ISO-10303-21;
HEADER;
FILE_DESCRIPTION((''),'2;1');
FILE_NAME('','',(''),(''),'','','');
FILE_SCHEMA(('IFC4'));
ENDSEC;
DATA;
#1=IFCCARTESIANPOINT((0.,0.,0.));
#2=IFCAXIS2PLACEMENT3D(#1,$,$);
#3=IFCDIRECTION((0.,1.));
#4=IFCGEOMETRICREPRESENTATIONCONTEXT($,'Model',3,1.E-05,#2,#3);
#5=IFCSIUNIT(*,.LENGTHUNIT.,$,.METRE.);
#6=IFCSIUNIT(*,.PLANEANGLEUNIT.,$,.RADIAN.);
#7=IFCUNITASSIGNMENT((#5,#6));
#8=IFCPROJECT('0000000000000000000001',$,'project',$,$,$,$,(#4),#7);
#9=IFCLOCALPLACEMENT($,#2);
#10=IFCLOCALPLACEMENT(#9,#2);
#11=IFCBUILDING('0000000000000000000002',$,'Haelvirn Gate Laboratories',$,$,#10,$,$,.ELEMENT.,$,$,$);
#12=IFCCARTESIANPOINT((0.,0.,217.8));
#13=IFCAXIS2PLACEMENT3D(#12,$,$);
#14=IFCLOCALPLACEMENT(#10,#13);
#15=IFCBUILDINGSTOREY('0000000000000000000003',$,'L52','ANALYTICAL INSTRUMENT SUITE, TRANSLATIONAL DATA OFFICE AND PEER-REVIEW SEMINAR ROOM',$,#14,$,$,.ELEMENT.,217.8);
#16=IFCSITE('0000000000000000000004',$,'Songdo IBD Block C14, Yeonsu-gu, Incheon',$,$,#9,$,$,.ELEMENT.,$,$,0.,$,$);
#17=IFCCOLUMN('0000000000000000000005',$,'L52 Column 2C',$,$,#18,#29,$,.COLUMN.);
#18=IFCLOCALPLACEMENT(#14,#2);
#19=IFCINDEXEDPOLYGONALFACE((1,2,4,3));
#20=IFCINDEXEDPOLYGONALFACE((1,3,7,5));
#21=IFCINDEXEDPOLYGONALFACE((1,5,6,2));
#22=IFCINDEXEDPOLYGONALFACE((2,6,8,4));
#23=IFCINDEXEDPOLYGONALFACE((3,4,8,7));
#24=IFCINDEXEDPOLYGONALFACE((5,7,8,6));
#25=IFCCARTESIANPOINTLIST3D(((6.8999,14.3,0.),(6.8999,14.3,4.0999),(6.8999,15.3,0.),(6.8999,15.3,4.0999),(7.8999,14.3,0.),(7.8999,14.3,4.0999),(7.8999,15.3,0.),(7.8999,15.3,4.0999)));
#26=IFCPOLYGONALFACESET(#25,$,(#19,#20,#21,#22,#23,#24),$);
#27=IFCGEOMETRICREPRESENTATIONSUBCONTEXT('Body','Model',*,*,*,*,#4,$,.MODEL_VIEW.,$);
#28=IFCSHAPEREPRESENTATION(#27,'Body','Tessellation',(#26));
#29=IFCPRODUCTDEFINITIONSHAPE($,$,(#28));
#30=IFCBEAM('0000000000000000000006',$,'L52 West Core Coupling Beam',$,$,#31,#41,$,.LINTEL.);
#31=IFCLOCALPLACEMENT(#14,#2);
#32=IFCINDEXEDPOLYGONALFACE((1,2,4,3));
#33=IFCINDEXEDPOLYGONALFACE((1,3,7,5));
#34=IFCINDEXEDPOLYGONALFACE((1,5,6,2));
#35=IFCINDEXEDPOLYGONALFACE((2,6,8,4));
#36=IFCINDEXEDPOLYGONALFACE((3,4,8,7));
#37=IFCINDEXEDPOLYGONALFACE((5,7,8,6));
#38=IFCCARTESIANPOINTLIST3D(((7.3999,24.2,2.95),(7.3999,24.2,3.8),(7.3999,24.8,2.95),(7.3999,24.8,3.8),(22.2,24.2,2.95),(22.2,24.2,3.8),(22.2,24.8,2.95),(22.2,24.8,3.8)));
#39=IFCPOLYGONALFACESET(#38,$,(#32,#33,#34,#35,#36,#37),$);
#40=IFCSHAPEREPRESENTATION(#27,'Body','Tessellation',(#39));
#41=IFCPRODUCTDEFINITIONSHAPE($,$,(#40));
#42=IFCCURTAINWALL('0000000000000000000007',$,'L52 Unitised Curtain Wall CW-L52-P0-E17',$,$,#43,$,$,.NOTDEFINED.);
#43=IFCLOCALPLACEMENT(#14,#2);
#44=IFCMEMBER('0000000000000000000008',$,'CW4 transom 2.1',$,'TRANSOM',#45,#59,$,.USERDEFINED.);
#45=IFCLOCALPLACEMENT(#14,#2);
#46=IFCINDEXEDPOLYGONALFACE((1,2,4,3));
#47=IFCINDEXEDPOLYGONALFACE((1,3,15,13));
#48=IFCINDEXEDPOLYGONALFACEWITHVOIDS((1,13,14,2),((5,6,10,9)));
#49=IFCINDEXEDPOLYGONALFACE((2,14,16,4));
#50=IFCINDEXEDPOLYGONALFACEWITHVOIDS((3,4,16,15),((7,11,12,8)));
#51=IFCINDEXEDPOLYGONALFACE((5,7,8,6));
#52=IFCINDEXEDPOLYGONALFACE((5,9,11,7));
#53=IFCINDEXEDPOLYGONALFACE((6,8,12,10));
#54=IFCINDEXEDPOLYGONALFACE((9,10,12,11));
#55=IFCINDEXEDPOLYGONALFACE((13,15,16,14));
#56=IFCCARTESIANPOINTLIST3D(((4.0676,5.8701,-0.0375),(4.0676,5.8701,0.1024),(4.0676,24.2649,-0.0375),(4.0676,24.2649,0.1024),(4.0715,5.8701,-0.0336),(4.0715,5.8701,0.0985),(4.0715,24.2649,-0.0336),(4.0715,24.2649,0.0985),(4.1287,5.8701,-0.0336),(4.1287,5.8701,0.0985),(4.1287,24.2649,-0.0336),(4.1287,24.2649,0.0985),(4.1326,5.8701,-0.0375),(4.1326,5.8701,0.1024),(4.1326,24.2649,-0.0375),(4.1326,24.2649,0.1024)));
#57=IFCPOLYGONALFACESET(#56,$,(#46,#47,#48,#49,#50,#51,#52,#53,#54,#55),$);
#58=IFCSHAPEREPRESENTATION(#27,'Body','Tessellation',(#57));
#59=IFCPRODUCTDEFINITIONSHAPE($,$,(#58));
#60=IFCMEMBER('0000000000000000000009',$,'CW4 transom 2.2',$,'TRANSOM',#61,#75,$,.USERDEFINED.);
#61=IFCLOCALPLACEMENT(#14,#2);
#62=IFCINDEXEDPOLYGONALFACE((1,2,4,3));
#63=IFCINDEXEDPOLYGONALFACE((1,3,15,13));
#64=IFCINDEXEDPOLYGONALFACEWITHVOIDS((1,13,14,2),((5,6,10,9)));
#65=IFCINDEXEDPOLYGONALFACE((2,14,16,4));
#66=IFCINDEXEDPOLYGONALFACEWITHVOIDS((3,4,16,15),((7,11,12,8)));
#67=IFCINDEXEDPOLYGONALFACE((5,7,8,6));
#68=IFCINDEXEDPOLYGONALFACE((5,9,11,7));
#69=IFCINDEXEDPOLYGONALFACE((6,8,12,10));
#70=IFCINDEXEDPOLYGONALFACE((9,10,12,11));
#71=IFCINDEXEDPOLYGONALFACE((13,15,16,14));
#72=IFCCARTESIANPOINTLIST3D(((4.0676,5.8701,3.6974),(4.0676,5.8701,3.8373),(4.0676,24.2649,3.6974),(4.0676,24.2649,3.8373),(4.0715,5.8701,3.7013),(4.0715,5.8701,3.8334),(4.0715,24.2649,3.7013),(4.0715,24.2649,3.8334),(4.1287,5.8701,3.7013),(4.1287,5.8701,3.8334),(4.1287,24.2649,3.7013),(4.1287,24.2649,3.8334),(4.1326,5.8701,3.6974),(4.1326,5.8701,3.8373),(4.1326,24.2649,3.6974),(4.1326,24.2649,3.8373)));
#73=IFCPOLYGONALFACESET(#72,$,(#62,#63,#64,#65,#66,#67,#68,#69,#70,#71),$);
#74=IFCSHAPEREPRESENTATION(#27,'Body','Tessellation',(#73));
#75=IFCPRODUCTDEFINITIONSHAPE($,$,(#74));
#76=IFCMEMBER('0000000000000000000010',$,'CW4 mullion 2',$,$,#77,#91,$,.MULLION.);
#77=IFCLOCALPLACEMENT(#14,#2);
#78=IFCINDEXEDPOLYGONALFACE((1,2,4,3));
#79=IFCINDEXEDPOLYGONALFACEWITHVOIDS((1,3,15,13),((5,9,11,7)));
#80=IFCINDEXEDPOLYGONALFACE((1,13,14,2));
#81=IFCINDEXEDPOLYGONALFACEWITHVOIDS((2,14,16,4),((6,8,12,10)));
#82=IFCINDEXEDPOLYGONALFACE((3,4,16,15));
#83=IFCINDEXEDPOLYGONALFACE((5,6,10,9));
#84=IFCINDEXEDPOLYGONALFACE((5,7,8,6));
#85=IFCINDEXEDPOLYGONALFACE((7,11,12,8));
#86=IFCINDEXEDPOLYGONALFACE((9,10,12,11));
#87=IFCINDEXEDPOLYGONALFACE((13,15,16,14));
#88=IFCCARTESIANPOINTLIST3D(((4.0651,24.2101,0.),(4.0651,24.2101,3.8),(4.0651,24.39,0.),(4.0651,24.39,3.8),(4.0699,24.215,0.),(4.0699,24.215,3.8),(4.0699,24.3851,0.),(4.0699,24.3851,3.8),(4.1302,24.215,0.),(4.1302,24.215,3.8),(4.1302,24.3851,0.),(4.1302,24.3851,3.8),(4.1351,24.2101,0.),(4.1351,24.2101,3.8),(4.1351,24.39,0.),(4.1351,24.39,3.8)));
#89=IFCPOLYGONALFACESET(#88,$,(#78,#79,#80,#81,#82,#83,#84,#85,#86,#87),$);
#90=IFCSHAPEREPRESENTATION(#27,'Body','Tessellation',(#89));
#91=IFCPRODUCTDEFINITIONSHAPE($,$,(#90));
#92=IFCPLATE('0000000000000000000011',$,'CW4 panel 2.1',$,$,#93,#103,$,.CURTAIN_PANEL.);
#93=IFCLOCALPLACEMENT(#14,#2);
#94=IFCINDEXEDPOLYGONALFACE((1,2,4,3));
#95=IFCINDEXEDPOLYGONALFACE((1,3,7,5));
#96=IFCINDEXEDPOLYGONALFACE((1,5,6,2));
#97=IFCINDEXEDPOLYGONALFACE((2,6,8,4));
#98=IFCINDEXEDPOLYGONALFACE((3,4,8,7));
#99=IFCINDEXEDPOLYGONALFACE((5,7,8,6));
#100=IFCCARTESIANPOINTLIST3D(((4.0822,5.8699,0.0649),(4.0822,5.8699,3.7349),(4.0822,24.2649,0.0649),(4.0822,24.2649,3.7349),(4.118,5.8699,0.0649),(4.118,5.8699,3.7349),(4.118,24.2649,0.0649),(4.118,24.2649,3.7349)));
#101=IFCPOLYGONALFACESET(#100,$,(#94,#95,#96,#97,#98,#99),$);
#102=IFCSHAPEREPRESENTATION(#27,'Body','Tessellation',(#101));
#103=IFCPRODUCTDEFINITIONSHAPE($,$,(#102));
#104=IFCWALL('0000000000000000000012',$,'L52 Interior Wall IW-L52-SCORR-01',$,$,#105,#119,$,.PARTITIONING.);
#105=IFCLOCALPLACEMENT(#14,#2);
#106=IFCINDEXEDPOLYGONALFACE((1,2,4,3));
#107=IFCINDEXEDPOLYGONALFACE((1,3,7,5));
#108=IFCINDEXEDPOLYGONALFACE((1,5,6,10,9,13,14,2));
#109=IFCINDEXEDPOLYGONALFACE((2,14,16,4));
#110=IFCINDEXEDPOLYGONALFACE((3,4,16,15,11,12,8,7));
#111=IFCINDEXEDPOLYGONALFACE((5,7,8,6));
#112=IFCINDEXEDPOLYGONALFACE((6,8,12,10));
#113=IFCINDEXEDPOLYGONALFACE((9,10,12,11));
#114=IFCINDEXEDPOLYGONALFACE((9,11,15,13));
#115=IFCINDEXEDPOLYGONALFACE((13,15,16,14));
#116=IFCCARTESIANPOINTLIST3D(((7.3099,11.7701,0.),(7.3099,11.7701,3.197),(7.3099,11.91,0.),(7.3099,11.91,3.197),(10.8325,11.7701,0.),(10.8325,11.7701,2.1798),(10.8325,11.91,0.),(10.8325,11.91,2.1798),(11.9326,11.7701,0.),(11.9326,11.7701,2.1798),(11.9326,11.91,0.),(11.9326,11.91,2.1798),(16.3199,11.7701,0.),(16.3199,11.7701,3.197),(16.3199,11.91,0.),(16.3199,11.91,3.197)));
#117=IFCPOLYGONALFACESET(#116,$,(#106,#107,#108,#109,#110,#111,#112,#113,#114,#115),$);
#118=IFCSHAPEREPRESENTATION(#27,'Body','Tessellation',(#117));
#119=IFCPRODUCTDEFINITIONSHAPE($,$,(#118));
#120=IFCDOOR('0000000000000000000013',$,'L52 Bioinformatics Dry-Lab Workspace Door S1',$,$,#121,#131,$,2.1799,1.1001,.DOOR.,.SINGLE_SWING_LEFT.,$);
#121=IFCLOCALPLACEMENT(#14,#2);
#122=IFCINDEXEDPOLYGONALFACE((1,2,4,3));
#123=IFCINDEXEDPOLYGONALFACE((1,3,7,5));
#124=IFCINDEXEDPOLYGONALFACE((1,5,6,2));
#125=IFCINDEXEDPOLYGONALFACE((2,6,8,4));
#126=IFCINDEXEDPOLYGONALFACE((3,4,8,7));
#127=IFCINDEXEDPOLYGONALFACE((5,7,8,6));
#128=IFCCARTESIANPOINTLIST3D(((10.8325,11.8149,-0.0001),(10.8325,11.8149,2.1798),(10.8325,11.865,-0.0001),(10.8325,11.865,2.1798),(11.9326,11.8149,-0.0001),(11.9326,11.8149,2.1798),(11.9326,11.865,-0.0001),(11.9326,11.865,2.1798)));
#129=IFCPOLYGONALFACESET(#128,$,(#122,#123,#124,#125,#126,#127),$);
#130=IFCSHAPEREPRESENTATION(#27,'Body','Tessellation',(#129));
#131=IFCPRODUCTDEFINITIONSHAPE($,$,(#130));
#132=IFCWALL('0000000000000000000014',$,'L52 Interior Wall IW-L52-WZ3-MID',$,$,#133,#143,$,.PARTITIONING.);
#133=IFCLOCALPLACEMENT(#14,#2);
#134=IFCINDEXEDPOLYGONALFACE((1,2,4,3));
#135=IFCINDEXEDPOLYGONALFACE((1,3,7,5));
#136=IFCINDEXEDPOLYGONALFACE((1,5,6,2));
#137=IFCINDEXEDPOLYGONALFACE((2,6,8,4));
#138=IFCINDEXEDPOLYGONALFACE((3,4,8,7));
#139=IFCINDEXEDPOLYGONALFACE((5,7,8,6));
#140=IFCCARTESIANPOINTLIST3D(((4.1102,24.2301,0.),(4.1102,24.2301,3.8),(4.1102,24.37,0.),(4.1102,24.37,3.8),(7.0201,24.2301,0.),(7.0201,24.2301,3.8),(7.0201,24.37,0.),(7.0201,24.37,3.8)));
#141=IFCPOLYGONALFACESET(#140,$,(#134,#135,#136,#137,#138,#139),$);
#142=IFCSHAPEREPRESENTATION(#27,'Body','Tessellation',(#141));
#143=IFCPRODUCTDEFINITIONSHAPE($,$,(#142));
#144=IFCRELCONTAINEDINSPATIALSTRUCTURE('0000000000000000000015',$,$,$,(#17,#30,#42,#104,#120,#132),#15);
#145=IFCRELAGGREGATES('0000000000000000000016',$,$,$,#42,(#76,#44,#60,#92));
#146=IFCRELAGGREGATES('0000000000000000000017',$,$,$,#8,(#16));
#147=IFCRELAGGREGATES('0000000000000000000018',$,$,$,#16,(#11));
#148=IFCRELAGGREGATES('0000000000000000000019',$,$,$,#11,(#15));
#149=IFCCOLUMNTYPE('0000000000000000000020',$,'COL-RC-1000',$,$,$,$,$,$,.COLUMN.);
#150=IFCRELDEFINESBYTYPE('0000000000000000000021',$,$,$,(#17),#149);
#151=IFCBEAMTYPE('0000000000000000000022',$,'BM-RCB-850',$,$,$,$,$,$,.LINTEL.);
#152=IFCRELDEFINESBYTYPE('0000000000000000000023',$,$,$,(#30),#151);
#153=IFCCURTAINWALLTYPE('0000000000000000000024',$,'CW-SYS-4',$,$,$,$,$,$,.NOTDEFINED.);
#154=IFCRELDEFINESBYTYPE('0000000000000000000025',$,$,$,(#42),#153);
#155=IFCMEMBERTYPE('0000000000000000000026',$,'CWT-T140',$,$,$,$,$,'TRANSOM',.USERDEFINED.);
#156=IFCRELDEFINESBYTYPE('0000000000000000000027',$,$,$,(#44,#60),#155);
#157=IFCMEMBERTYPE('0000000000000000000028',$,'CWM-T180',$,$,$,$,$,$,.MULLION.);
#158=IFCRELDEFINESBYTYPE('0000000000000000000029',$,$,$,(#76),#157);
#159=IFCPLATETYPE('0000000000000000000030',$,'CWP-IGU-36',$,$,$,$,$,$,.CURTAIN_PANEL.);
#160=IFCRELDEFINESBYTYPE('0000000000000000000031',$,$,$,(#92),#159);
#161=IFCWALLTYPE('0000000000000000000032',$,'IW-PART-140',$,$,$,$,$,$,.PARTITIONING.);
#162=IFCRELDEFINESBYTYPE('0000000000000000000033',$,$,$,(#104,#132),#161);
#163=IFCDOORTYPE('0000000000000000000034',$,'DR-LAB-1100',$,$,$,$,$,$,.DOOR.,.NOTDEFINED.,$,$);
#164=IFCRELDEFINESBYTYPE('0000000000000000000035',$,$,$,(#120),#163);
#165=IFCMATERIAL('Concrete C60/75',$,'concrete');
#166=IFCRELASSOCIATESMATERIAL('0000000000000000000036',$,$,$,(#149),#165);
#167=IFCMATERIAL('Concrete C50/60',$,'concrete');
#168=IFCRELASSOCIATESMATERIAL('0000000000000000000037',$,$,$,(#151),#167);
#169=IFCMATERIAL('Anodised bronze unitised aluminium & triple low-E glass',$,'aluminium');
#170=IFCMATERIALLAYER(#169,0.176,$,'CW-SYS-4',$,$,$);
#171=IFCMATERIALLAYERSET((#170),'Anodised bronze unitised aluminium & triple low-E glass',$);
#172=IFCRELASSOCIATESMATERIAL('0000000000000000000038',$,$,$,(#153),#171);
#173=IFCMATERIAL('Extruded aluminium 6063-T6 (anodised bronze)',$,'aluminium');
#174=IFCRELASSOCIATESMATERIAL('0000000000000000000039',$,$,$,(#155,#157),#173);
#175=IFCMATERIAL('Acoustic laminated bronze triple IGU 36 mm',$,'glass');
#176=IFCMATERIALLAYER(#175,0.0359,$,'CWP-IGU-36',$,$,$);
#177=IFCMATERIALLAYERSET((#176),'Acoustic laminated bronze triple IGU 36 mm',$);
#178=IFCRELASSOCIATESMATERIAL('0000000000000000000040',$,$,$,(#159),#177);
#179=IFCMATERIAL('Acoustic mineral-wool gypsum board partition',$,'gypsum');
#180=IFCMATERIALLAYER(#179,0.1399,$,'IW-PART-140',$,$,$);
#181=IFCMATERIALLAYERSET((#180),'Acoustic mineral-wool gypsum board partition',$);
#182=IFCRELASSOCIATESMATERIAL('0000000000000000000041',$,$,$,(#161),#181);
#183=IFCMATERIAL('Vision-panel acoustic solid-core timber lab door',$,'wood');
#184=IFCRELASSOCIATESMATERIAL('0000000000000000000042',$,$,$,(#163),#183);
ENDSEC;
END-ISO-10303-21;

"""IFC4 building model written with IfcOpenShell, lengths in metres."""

from ifc_helpers import new_model, si_unit, direction, frame, frame_2d, origin, origin_2d, place, context, subcontext, project, spatial, rectangle, hollow_rectangle, extrude, source, transform, mapped, material, layer, layer_set, material_profile, profile_set, type_object, type_shapes, element, fill, aggregate, save


model = new_model("IFC4")

# Units and contexts
model_context = context("Model", 3, precision=1e-05, world=origin(), true_north=direction((0.0, 1.0)))
body_context = subcontext(model_context, "Body", "Model", "MODEL_VIEW")
ifc_project = project(units=[si_unit("LENGTHUNIT", "METRE"), si_unit("PLANEANGLEUNIT", "RADIAN")], contexts=[model_context])

# Site, building, storey
site_placement = place(None, origin())
site = spatial("IfcSite", under=ifc_project, at=site_placement, Name="Songdo IBD Block C14, Yeonsu-gu, Incheon", CompositionType="ELEMENT", RefElevation=0.0)
building_placement = place(site_placement, origin())
building = spatial("IfcBuilding", under=site, at=building_placement, Name="Haelvirn Gate Laboratories", CompositionType="ELEMENT")
storey_placement = place(building_placement, frame((0.0, 0.0, 217.8)))
storey = spatial("IfcBuildingStorey", under=building, at=storey_placement, Name="L52", Description="ANALYTICAL INSTRUMENT SUITE, TRANSLATIONAL DATA OFFICE AND PEER-REVIEW SEMINAR ROOM", CompositionType="ELEMENT", Elevation=217.8)

# Column
ifc_material_1 = material(Name="Concrete C60/75", Category="concrete")
ifc_material_profile_1 = material_profile(ifc_material_1, rectangle(XDim=1.0, YDim=1.0, at=origin_2d()), Name="RC-1000x1000")
ifc_profile_set_1 = profile_set([ifc_material_profile_1], Name="Concrete C60/75")
column_type = type_object("IfcColumnType", Name="COL-RC-1000", PredefinedType="COLUMN", material=ifc_profile_set_1)
shared_shape_1 = source(origin(), body_context, "Body", "SweptSolid", [
    extrude(rectangle(XDim=1.0, YDim=1.0, at=origin_2d()), origin(), (0.0, 0.0, 1.0), 4.0999),
])
type_shapes(column_type, [shared_shape_1])
column_placement = place(storey_placement, frame((7.3999, 14.8, 0.0), z_axis=(0.0, 0.0, 1.0), x_axis=(1.0, 0.0, 0.0)))
element("IfcColumn", 1, at=column_placement, inside=storey, type_object=column_type, Name="L52 Column 2C", PredefinedType="COLUMN", context=body_context, shape_type="MappedRepresentation", body=[
    mapped(shared_shape_1, transform((0.0, 0.0, 0.0), scale=1.0)),
])

# Beam
ifc_material_2 = material(Name="Concrete C50/60", Category="concrete")
ifc_material_profile_2 = material_profile(ifc_material_2, rectangle(XDim=0.6001, YDim=0.8501, at=origin_2d()), Name="RCB-600x850")
ifc_profile_set_2 = profile_set([ifc_material_profile_2], Name="Concrete C50/60")
beam_type = type_object("IfcBeamType", Name="BM-RCB-850", PredefinedType="LINTEL", material=ifc_profile_set_2)
shared_shape_2 = source(origin(), body_context, "Body", "SweptSolid", [
    extrude(rectangle(XDim=0.6001, YDim=0.8501, at=origin_2d()), origin(), (0.0, 0.0, 1.0), 14.8),
])
type_shapes(beam_type, [shared_shape_2])
beam_placement = place(storey_placement, frame((7.3999, 24.5, 3.375), z_axis=(1.0, 0.0, 0.0), x_axis=(0.0, 1.0, 0.0)))
element("IfcBeam", 2, at=beam_placement, inside=storey, type_object=beam_type, Name="L52 West Core Coupling Beam", PredefinedType="LINTEL", context=body_context, shape_type="MappedRepresentation", body=[
    mapped(shared_shape_2, transform((0.0, 0.0, 0.0), scale=1.0)),
])

# Curtain wall, members, plate
ifc_material_3 = material(Name="Anodised bronze unitised aluminium & triple low-E glass", Category="aluminium")
ifc_layer_1 = layer(ifc_material_3, 0.176, Name="CW-SYS-4")
ifc_layer_set_1 = layer_set([ifc_layer_1], Name="Anodised bronze unitised aluminium & triple low-E glass")
curtain_wall_type = type_object("IfcCurtainWallType", Name="CW-SYS-4", PredefinedType="NOTDEFINED", material=ifc_layer_set_1)
curtain_wall_placement = place(storey_placement, origin())
curtain_wall = element("IfcCurtainWall", 3, at=curtain_wall_placement, inside=storey, type_object=curtain_wall_type, Name="L52 Unitised Curtain Wall CW-L52-P0-E17", PredefinedType="NOTDEFINED")
ifc_material_4 = material(Name="Extruded aluminium 6063-T6 (anodised bronze)", Category="aluminium")
ifc_material_profile_3 = material_profile(ifc_material_4, hollow_rectangle(XDim=0.0649, YDim=0.1399, WallThickness=0.0039, at=origin_2d()), Name="CWT-140x65x4")
ifc_profile_set_3 = profile_set([ifc_material_profile_3], Name="Extruded aluminium 6063-T6 (anodised bronze)")
member_type_1 = type_object("IfcMemberType", Name="CWT-T140", ElementType="TRANSOM", PredefinedType="USERDEFINED", material=ifc_profile_set_3)
shared_shape_3 = source(origin(), body_context, "Body", "SweptSolid", [
    extrude(hollow_rectangle(XDim=0.0649, YDim=0.1399, WallThickness=0.0039, at=origin_2d()), origin(), (0.0, 0.0, 1.0), 18.3948),
])
type_shapes(member_type_1, [shared_shape_3])
member_1_placement = place(storey_placement, frame((4.1001, 24.2649, 0.0325), z_axis=(0.0, -1.0, 0.0), x_axis=(1.0, 0.0, 0.0)))
member_1 = element("IfcMember", 4, at=member_1_placement, type_object=member_type_1, Name="CW4 transom 2.1", ObjectType="TRANSOM", PredefinedType="USERDEFINED", context=body_context, shape_type="MappedRepresentation", body=[
    mapped(shared_shape_3, transform((0.0, 0.0, 0.0), scale=1.0)),
])
member_2_placement = place(storey_placement, frame((4.1001, 24.2649, 3.7673), z_axis=(0.0, -1.0, 0.0), x_axis=(1.0, 0.0, 0.0)))
member_2 = element("IfcMember", 5, at=member_2_placement, type_object=member_type_1, Name="CW4 transom 2.2", ObjectType="TRANSOM", PredefinedType="USERDEFINED", context=body_context, shape_type="MappedRepresentation", body=[
    mapped(shared_shape_3, transform((0.0, 0.0, 0.0), scale=1.0)),
])
ifc_material_profile_4 = material_profile(ifc_material_4, hollow_rectangle(XDim=0.0701, YDim=0.1799, WallThickness=0.0049, at=origin_2d()), Name="CWM-180x70x5")
ifc_profile_set_4 = profile_set([ifc_material_profile_4], Name="Extruded aluminium 6063-T6 (anodised bronze)")
member_type_2 = type_object("IfcMemberType", Name="CWM-T180", PredefinedType="MULLION", material=ifc_profile_set_4)
shared_shape_4 = source(origin(), body_context, "Body", "SweptSolid", [
    extrude(hollow_rectangle(XDim=0.0701, YDim=0.1799, WallThickness=0.0049, at=origin_2d()), origin(), (0.0, 0.0, 1.0), 3.8),
])
type_shapes(member_type_2, [shared_shape_4])
member_3_placement = place(storey_placement, frame((4.1001, 24.3, 0.0), z_axis=(0.0, 0.0, 1.0), x_axis=(1.0, 0.0, 0.0)))
member_3 = element("IfcMember", 6, at=member_3_placement, type_object=member_type_2, Name="CW4 mullion 2", PredefinedType="MULLION", context=body_context, shape_type="MappedRepresentation", body=[
    mapped(shared_shape_4, transform((0.0, 0.0, 0.0), scale=1.0)),
])
ifc_material_5 = material(Name="Acoustic laminated bronze triple IGU 36 mm", Category="glass")
ifc_layer_2 = layer(ifc_material_5, 0.0359, Name="CWP-IGU-36")
ifc_layer_set_2 = layer_set([ifc_layer_2], Name="Acoustic laminated bronze triple IGU 36 mm")
plate_type = type_object("IfcPlateType", Name="CWP-IGU-36", PredefinedType="CURTAIN_PANEL", material=ifc_layer_set_2)
shared_shape_5 = source(origin(), body_context, "Body", "SweptSolid", [
    extrude(rectangle(XDim=18.395, YDim=0.0359, at=origin_2d()), origin(), (0.0, 0.0, 1.0), 3.6699),
])
type_shapes(plate_type, [shared_shape_5])
plate_placement = place(storey_placement, frame((4.1001, 15.0674, 0.0649), z_axis=(0.0, 0.0, 1.0), x_axis=(0.0, -1.0, 0.0)))
plate = element("IfcPlate", 7, at=plate_placement, type_object=plate_type, Name="CW4 panel 2.1", PredefinedType="CURTAIN_PANEL", context=body_context, shape_type="MappedRepresentation", body=[
    mapped(shared_shape_5, transform((0.0, 0.0, 0.0), scale=1.0)),
])
aggregate(curtain_wall, [member_3, member_1, member_2, plate])

# Wall, opening, door
ifc_material_6 = material(Name="Acoustic mineral-wool gypsum board partition", Category="gypsum")
ifc_layer_3 = layer(ifc_material_6, 0.1399, Name="IW-PART-140")
ifc_layer_set_3 = layer_set([ifc_layer_3], Name="Acoustic mineral-wool gypsum board partition")
wall_type_1 = type_object("IfcWallType", Name="IW-PART-140", PredefinedType="PARTITIONING", material=ifc_layer_set_3)
wall_1_placement = place(storey_placement, frame((7.3101, 11.8401, 0.0), z_axis=(0.0, 0.0, 1.0), x_axis=(1.0, 0.0, 0.0)))
wall_1 = element("IfcWall", 8, at=wall_1_placement, inside=storey, type_object=wall_type_1, Name="L52 Interior Wall IW-L52-SCORR-01", PredefinedType="PARTITIONING", context=body_context, shape_type="SweptSolid", body=[
    extrude(rectangle(XDim=9.01, YDim=0.1399, at=frame_2d((4.5049, 0.0))), origin(), (0.0, 0.0, 1.0), 3.197),
])
opening_1_placement = place(wall_1_placement, frame((3.5225, 0.0, 0.0)))
opening_1 = element("IfcOpeningElement", 9, at=opening_1_placement, cuts=wall_1, PredefinedType="OPENING", context=body_context, shape_type="SweptSolid", body=[
    extrude(rectangle(XDim=1.1001, YDim=2.1799, at=frame_2d((0.55, 1.0898))), frame((0.0, 0.0801, 0.0), z_axis=(0.0, -1.0, 0.0), x_axis=(1.0, 0.0, 0.0)), (0.0, 0.0, 1.0), 0.1599),
])
ifc_material_7 = material(Name="Vision-panel acoustic solid-core timber lab door", Category="wood")
door_type_1 = type_object("IfcDoorType", Name="DR-LAB-1100", OperationType="NOTDEFINED", PredefinedType="DOOR", material=ifc_material_7)
shared_shape_6 = source(origin(), body_context, "Body", "SweptSolid", [
    extrude(rectangle(XDim=1.1001, YDim=2.1799, at=frame_2d((0.55, 1.0898))), frame((0.0, 0.0249, 0.0), z_axis=(0.0, -1.0, 0.0), x_axis=(1.0, 0.0, 0.0)), (0.0, 0.0, 1.0), 0.05),
])
type_shapes(door_type_1, [shared_shape_6])
door_1_placement = place(opening_1_placement, origin())
door_1 = element("IfcDoor", 10, at=door_1_placement, inside=storey, type_object=door_type_1, Name="L52 Bioinformatics Dry-Lab Workspace Door S1", OperationType="SINGLE_SWING_LEFT", OverallHeight=2.1799, OverallWidth=1.1001, PredefinedType="DOOR", context=body_context, shape_type="MappedRepresentation", body=[
    mapped(shared_shape_6, transform((0.0, 0.0, 0.0), scale=1.0)),
])
fill(opening_1, door_1)

# Wall
wall_2_placement = place(storey_placement, frame((4.1101, 24.3, 0.0), z_axis=(0.0, 0.0, 1.0), x_axis=(1.0, 0.0, 0.0)))
element("IfcWall", 11, at=wall_2_placement, inside=storey, type_object=wall_type_1, Name="L52 Interior Wall IW-L52-WZ3-MID", PredefinedType="PARTITIONING", context=body_context, shape_type="SweptSolid", body=[
    extrude(rectangle(XDim=2.9099, YDim=0.1399, at=frame_2d((1.4551, 0.0))), origin(), (0.0, 0.0, 1.0), 3.8),
])

save(model, "model.ifc")
